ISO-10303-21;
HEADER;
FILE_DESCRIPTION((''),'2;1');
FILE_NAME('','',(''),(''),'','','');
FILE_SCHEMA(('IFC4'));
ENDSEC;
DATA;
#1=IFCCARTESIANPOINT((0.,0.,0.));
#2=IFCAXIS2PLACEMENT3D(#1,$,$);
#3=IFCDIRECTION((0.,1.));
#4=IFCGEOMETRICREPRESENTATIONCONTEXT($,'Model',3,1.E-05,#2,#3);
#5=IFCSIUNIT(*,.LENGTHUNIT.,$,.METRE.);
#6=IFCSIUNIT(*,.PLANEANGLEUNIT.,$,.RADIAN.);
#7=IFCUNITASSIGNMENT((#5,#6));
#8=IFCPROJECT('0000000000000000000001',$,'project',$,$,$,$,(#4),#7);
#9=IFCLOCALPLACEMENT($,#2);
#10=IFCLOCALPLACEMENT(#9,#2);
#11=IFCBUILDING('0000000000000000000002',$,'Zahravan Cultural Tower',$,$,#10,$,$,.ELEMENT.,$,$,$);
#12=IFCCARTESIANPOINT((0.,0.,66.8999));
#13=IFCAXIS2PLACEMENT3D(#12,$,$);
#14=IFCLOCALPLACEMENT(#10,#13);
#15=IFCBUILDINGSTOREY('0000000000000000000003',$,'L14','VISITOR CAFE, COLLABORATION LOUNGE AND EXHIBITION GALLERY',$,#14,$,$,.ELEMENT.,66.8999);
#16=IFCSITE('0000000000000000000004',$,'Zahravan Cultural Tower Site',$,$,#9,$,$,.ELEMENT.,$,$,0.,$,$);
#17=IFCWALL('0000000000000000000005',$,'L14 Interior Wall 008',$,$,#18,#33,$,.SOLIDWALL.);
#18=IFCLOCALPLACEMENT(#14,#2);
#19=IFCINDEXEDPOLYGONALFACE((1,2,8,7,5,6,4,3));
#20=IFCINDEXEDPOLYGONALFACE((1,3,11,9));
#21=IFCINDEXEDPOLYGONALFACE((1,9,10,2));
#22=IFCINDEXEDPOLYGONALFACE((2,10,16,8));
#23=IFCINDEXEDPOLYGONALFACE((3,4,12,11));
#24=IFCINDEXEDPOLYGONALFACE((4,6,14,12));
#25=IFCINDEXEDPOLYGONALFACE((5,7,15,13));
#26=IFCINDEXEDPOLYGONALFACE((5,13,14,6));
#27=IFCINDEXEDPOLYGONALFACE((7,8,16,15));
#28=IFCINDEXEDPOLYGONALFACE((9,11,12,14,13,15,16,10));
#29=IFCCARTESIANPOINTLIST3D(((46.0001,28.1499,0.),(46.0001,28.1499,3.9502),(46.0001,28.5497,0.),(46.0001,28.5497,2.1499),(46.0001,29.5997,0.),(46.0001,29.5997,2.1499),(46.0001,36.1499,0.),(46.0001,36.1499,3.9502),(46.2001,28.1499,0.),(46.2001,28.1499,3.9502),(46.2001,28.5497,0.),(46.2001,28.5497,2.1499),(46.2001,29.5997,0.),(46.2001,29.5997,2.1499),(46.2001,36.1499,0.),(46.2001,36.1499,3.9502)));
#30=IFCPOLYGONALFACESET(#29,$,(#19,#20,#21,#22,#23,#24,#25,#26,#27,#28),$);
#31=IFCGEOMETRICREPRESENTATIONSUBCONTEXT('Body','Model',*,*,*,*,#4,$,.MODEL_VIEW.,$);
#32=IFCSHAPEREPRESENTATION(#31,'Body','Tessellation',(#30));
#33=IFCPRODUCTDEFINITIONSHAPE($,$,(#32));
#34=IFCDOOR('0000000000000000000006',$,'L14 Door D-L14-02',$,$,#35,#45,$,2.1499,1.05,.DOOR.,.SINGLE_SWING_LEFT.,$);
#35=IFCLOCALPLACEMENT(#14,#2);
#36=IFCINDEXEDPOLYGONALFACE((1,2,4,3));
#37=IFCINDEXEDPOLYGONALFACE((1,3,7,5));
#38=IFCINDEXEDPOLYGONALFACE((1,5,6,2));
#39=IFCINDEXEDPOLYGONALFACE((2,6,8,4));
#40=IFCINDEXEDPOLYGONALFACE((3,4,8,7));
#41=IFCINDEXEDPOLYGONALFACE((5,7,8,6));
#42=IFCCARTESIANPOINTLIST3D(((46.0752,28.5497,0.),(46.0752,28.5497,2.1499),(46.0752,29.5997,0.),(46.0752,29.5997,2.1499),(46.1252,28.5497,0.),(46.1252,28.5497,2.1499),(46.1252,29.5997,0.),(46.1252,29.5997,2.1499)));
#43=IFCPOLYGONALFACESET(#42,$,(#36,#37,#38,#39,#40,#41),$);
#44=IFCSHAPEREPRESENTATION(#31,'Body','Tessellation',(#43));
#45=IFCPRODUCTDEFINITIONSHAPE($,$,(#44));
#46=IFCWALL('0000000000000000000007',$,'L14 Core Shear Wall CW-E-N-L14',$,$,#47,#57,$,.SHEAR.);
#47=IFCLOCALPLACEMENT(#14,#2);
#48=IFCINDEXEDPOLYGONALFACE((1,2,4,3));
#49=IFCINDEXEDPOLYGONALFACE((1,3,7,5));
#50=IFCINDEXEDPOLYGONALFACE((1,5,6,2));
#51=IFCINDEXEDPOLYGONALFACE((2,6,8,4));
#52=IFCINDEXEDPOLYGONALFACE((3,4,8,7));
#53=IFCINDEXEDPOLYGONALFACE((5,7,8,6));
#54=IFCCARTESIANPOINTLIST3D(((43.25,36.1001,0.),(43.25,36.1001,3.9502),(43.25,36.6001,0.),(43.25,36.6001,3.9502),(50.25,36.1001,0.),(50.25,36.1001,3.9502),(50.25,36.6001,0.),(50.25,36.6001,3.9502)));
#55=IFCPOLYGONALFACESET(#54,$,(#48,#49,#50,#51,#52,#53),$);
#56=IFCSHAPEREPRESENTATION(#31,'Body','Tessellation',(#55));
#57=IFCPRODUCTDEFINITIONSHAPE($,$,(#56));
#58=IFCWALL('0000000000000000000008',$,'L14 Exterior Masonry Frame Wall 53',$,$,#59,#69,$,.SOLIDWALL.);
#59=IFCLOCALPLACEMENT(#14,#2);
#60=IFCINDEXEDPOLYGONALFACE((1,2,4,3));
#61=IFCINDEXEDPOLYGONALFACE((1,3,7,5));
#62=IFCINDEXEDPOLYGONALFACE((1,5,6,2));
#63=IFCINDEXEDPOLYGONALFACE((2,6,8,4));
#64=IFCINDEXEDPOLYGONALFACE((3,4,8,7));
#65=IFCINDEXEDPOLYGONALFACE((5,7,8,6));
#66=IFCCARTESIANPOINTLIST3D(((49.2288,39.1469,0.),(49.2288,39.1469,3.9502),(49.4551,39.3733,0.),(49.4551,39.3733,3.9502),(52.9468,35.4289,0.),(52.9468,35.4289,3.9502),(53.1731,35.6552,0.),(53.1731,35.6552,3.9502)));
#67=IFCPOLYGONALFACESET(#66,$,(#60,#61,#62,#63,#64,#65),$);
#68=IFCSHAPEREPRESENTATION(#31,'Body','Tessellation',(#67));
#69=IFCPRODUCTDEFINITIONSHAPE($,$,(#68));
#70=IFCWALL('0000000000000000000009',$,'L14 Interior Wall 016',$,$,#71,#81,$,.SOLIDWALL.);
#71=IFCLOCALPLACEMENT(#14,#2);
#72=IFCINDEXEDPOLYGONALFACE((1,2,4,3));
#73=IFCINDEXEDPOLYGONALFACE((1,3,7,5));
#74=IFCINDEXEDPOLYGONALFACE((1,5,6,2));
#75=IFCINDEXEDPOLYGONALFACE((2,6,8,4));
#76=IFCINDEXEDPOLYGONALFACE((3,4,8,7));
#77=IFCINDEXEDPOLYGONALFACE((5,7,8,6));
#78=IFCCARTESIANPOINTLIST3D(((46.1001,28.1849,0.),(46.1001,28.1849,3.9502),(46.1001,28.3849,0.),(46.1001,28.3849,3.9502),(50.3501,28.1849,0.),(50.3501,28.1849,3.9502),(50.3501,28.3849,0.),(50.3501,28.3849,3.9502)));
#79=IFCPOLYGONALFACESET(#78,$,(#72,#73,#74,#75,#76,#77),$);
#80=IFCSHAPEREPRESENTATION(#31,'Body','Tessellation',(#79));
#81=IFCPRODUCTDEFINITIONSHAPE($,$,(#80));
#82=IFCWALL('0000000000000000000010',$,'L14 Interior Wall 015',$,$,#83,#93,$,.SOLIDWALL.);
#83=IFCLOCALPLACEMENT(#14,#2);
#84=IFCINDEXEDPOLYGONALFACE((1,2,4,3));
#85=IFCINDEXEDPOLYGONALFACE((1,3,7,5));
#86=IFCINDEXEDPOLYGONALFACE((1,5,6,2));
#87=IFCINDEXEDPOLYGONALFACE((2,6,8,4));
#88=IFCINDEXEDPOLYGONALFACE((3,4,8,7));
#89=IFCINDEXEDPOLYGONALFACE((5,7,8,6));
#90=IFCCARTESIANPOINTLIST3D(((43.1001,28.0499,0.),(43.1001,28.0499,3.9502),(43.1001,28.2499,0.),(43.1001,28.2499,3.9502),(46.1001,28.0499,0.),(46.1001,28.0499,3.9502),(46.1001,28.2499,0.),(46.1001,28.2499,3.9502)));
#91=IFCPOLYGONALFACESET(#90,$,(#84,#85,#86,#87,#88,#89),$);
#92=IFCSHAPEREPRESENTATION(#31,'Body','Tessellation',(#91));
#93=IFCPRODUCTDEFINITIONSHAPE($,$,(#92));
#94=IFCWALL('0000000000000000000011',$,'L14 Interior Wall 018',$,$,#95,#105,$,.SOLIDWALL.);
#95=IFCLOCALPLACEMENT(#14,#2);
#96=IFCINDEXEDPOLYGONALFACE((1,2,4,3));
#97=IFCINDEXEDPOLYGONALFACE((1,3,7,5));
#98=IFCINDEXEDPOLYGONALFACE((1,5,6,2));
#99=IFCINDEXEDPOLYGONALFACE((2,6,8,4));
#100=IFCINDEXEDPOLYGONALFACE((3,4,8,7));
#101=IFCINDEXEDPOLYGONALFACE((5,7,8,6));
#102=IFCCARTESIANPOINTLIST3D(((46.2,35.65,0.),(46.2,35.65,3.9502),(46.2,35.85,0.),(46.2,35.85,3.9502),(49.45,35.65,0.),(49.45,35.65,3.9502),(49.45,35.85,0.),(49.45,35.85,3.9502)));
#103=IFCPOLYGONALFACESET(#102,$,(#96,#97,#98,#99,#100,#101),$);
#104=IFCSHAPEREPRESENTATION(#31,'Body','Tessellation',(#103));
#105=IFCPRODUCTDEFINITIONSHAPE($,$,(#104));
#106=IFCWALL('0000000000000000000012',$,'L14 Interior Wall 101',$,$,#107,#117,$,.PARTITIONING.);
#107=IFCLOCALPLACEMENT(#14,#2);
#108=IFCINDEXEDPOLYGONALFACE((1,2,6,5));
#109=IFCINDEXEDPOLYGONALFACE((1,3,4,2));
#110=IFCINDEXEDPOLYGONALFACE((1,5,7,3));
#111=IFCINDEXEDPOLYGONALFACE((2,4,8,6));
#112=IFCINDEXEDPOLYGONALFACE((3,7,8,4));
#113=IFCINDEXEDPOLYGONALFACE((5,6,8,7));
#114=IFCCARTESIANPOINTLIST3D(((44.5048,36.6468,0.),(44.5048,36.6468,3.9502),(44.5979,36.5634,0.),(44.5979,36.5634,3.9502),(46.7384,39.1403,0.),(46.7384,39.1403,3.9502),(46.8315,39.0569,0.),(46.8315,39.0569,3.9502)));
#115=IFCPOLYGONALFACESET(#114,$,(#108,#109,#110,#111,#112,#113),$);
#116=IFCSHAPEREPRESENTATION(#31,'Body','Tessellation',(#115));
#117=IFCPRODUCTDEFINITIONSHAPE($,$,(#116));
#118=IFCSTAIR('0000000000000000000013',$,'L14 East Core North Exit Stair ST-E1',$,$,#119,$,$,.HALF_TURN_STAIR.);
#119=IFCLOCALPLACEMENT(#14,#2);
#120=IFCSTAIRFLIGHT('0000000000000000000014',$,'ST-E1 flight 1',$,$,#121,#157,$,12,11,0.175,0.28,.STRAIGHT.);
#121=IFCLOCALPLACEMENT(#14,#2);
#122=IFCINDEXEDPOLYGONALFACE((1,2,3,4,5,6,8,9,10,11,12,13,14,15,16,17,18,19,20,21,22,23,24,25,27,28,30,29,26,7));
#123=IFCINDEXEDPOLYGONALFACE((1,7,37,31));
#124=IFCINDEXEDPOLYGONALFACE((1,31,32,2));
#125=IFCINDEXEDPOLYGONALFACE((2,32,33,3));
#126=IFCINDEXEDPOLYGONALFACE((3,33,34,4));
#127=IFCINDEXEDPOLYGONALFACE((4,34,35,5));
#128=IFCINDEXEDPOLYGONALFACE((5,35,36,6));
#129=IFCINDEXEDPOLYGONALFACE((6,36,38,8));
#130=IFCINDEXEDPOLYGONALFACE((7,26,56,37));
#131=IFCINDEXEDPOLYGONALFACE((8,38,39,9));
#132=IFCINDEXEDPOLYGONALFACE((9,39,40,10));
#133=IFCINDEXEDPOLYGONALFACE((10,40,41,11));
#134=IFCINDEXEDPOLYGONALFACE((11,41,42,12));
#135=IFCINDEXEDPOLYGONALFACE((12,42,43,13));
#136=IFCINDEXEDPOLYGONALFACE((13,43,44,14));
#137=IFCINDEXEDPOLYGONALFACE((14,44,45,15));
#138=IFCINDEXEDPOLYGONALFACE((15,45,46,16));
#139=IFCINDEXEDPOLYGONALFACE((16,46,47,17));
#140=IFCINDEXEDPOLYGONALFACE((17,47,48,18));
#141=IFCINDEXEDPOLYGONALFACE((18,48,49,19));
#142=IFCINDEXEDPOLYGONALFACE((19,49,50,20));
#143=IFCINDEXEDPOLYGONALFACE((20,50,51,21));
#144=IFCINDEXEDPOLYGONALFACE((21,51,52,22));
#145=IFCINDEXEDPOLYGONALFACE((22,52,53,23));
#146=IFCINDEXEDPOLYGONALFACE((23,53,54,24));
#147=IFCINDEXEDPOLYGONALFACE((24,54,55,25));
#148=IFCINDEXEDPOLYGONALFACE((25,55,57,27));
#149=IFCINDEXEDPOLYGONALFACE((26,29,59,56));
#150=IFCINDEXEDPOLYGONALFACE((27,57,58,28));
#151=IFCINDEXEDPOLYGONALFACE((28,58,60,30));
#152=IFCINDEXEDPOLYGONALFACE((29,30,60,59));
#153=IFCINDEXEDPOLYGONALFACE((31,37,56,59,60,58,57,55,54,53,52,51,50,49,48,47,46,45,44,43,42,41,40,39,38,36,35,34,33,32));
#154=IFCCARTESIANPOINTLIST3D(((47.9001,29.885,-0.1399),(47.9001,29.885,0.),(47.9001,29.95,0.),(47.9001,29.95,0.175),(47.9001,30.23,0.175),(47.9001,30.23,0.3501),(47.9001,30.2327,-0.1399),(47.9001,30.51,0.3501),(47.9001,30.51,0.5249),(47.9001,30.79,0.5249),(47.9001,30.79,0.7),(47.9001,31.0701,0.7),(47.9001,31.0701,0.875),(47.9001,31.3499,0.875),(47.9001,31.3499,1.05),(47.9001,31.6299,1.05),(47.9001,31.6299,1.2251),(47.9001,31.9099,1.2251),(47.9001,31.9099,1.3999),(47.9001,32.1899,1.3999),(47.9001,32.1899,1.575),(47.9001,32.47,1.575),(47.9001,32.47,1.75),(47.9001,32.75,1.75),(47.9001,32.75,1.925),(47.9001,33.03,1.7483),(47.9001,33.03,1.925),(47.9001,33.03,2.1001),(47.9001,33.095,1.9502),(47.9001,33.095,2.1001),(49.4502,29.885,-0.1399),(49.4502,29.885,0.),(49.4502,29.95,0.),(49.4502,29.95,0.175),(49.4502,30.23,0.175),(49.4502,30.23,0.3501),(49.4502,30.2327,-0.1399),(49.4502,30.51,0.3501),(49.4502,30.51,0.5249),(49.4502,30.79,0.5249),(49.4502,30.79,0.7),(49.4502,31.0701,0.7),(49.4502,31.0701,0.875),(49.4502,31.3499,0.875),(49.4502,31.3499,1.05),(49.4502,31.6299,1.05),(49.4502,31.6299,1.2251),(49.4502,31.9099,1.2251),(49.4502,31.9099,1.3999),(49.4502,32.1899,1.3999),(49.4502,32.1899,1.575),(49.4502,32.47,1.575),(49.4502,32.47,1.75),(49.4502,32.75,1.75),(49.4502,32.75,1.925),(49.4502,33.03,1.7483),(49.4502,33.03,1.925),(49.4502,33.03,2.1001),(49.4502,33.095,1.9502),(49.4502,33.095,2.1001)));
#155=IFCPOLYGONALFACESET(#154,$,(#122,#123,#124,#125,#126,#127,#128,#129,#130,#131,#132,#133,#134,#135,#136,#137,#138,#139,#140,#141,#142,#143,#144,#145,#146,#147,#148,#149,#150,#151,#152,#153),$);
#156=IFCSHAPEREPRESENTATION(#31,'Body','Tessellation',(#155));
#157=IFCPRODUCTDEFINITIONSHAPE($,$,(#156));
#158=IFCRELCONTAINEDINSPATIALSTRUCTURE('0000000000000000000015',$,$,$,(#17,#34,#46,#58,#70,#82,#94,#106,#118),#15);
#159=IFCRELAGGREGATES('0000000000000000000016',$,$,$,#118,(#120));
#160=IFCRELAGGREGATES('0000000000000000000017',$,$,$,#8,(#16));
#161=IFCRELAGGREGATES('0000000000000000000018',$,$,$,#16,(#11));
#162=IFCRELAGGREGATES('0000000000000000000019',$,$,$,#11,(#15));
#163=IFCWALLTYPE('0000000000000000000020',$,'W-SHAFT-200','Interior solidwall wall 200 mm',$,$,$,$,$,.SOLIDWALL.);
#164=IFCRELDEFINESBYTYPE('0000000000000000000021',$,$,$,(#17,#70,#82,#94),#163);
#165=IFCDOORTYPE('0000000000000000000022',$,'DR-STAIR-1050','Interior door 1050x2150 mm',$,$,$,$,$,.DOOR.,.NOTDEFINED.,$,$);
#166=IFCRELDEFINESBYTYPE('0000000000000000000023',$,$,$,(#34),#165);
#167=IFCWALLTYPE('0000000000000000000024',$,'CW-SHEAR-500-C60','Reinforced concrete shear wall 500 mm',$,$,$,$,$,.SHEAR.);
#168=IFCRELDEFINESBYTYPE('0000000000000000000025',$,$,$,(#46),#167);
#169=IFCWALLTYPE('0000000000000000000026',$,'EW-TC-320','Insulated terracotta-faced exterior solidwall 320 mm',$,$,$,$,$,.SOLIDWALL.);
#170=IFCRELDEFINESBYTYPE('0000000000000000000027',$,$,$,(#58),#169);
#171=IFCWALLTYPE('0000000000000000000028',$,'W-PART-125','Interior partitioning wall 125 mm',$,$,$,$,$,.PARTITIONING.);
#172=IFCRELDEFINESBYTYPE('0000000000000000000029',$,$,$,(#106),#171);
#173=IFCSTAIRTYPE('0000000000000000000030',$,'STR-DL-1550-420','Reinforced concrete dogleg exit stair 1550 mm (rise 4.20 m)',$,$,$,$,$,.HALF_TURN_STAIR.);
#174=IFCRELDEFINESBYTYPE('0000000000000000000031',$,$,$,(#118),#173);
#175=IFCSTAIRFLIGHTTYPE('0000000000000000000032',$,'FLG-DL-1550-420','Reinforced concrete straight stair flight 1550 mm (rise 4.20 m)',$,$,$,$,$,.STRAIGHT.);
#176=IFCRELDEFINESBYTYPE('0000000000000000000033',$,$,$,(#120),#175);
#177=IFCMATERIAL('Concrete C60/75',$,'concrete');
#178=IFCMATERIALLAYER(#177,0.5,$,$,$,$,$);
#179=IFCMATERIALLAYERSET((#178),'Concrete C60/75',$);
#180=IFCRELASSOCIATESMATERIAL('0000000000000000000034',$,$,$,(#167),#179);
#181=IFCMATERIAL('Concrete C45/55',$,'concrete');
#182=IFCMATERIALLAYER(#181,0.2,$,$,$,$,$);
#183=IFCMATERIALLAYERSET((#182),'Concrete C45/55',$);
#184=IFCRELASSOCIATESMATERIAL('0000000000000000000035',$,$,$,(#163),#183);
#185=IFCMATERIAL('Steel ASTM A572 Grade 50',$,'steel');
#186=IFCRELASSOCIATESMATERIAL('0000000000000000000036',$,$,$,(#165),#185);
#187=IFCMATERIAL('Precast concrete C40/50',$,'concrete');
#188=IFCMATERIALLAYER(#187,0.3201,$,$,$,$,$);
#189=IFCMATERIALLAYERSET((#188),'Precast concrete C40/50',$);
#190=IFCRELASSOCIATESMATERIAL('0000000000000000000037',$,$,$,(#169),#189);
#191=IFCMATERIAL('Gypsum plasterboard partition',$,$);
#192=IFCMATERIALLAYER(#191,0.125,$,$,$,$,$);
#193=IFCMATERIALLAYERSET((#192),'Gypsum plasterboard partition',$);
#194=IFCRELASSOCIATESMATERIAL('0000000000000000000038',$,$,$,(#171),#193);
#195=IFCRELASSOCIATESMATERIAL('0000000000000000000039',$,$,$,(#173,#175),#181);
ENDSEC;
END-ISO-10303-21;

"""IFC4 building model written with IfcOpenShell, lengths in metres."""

from ifc_helpers import new_model, si_unit, direction, frame, frame_2d, origin, place, context, subcontext, project, spatial, polyline, rectangle, outline, extrude, source, transform, mapped, material, layer, layer_set, type_object, element, fill, aggregate, save


model = new_model("IFC4")

# Units and contexts
model_context = context("Model", 3, precision=1e-05, world=origin(), true_north=direction((0.0, 1.0)))
body_context = subcontext(model_context, "Body", "Model", "MODEL_VIEW")
ifc_project = project(units=[si_unit("LENGTHUNIT", "METRE"), si_unit("PLANEANGLEUNIT", "RADIAN")], contexts=[model_context])

# Site, building, storey
site_placement = place(None, origin())
site = spatial("IfcSite", under=ifc_project, at=site_placement, Name="Zahravan Cultural Tower Site", CompositionType="ELEMENT", RefElevation=0.0)
building_placement = place(site_placement, origin())
building = spatial("IfcBuilding", under=site, at=building_placement, Name="Zahravan Cultural Tower", CompositionType="ELEMENT")
storey_placement = place(building_placement, frame((0.0, 0.0, 66.8999)))
storey = spatial("IfcBuildingStorey", under=building, at=storey_placement, Name="L14", Description="VISITOR CAFE, COLLABORATION LOUNGE AND EXHIBITION GALLERY", CompositionType="ELEMENT", Elevation=66.8999)

# Shared definitions
ifc_material_1 = material(Name="Concrete C60/75", Category="concrete")

# Wall, opening, door
ifc_layer_1 = layer(ifc_material_1, 0.5)
ifc_layer_set_1 = layer_set([ifc_layer_1], Name="Concrete C60/75")
wall_type_1 = type_object("IfcWallType", Name="CW-SHEAR-500-C60", Description="Reinforced concrete shear wall 500 mm", PredefinedType="SHEAR", material=ifc_layer_set_1)
ifc_material_2 = material(Name="Steel ASTM A572 Grade 50", Category="steel")
ifc_material_3 = material(Name="Concrete C45/55", Category="concrete")
ifc_layer_2 = layer(ifc_material_3, 0.2)
ifc_layer_set_2 = layer_set([ifc_layer_2], Name="Concrete C45/55")
wall_type_2 = type_object("IfcWallType", Name="W-SHAFT-200", Description="Interior solidwall wall 200 mm", PredefinedType="SOLIDWALL", material=ifc_layer_set_2)
wall_1_placement = place(storey_placement, frame((46.1001, 28.1499, 0.0), z_axis=(0.0, 0.0, 1.0), x_axis=(0.0, 1.0, 0.0)))
wall_1 = element("IfcWall", 1, at=wall_1_placement, inside=storey, type_object=wall_type_2, Name="L14 Interior Wall 008", PredefinedType="SOLIDWALL", context=body_context, shape_type="SweptSolid", body=[
    extrude(rectangle(XDim=8.0, YDim=0.2, at=frame_2d((4.0, 0.0))), origin(), (0.0, 0.0, 1.0), 3.9502),
])
opening_1_placement = place(wall_1_placement, frame((0.3999, 0.0, 0.0)))
opening_1 = element("IfcOpeningElement", 2, at=opening_1_placement, cuts=wall_1, PredefinedType="OPENING", context=body_context, shape_type="SweptSolid", body=[
    extrude(rectangle(XDim=1.05, YDim=2.1499, at=frame_2d((0.5249, 1.075))), frame((0.0, 0.1099, 0.0), z_axis=(0.0, -1.0, 0.0), x_axis=(1.0, 0.0, 0.0)), (0.0, 0.0, 1.0), 0.22),
])
door_type_1 = type_object("IfcDoorType", Name="DR-STAIR-1050", Description="Interior door 1050x2150 mm", OperationType="NOTDEFINED", PredefinedType="DOOR", material=ifc_material_2)
shared_shape_1 = source(origin(), body_context, "Body", "SweptSolid", [
    extrude(rectangle(XDim=1.05, YDim=2.1499, at=frame_2d((0.5249, 1.075))), frame((0.0, 0.0249, 0.0), z_axis=(0.0, -1.0, 0.0), x_axis=(1.0, 0.0, 0.0)), (0.0, 0.0, 1.0), 0.05),
])
door_1_placement = place(opening_1_placement, origin())
door_1 = element("IfcDoor", 3, at=door_1_placement, inside=storey, type_object=door_type_1, Name="L14 Door D-L14-02", OperationType="SINGLE_SWING_LEFT", OverallHeight=2.1499, OverallWidth=1.05, PredefinedType="DOOR", context=body_context, shape_type="MappedRepresentation", body=[
    mapped(shared_shape_1, transform((0.0, 0.0, 0.0), x_axis=(1.0, 0.0, 0.0), y_axis=(0.0, 1.0, 0.0), z_axis=(0.0, 0.0, 1.0), scale=1.0)),
])
fill(opening_1, door_1)

# Walls
shared_shape_2 = source(origin(), body_context, "Body", "SweptSolid", [
    extrude(rectangle(XDim=7.0, YDim=0.5, at=frame_2d((3.5, 0.0))), origin(), (0.0, 0.0, 1.0), 3.9502),
])
wall_2_placement = place(storey_placement, frame((43.25, 36.3501, 0.0), z_axis=(0.0, 0.0, 1.0), x_axis=(1.0, 0.0, 0.0)))
element("IfcWall", 4, at=wall_2_placement, inside=storey, type_object=wall_type_1, Name="L14 Core Shear Wall CW-E-N-L14", PredefinedType="SHEAR", context=body_context, shape_type="MappedRepresentation", body=[
    mapped(shared_shape_2, transform((0.0, 0.0, 0.0), x_axis=(1.0, 0.0, 0.0), y_axis=(0.0, 1.0, 0.0), z_axis=(0.0, 0.0, 1.0), scale=1.0)),
])
ifc_material_4 = material(Name="Precast concrete C40/50", Category="concrete")
ifc_layer_3 = layer(ifc_material_4, 0.3201)
ifc_layer_set_3 = layer_set([ifc_layer_3], Name="Precast concrete C40/50")
wall_type_3 = type_object("IfcWallType", Name="EW-TC-320", Description="Insulated terracotta-faced exterior solidwall 320 mm", PredefinedType="SOLIDWALL", material=ifc_layer_set_3)
shared_shape_3 = source(origin(), body_context, "Body", "SweptSolid", [
    extrude(rectangle(XDim=5.2581, YDim=0.3201, at=frame_2d((2.6289, 0.0))), origin(), (0.0, 0.0, 1.0), 3.9502),
])
wall_3_placement = place(storey_placement, frame((49.342, 39.26, 0.0), z_axis=(0.0, 0.0, 1.0), x_axis=(0.707107, -0.707107, 0.0)))
element("IfcWall", 5, at=wall_3_placement, inside=storey, type_object=wall_type_3, Name="L14 Exterior Masonry Frame Wall 53", PredefinedType="SOLIDWALL", context=body_context, shape_type="MappedRepresentation", body=[
    mapped(shared_shape_3, transform((0.0, 0.0, 0.0), x_axis=(1.0, 0.0, 0.0), y_axis=(0.0, 1.0, 0.0), z_axis=(0.0, 0.0, 1.0), scale=1.0)),
])
shared_shape_4 = source(origin(), body_context, "Body", "SweptSolid", [
    extrude(rectangle(XDim=4.25, YDim=0.2, at=frame_2d((2.125, 0.0))), origin(), (0.0, 0.0, 1.0), 3.9502),
])
wall_4_placement = place(storey_placement, frame((46.1001, 28.2849, 0.0), z_axis=(0.0, 0.0, 1.0), x_axis=(1.0, 0.0, 0.0)))
element("IfcWall", 6, at=wall_4_placement, inside=storey, type_object=wall_type_2, Name="L14 Interior Wall 016", PredefinedType="SOLIDWALL", context=body_context, shape_type="MappedRepresentation", body=[
    mapped(shared_shape_4, transform((0.0, 0.0, 0.0), x_axis=(1.0, 0.0, 0.0), y_axis=(0.0, 1.0, 0.0), z_axis=(0.0, 0.0, 1.0), scale=1.0)),
])
shared_shape_5 = source(origin(), body_context, "Body", "SweptSolid", [
    extrude(rectangle(XDim=3.0, YDim=0.2, at=frame_2d((1.5, 0.0))), origin(), (0.0, 0.0, 1.0), 3.9502),
])
wall_5_placement = place(storey_placement, frame((43.1001, 28.1499, 0.0), z_axis=(0.0, 0.0, 1.0), x_axis=(1.0, 0.0, 0.0)))
element("IfcWall", 7, at=wall_5_placement, inside=storey, type_object=wall_type_2, Name="L14 Interior Wall 015", PredefinedType="SOLIDWALL", context=body_context, shape_type="MappedRepresentation", body=[
    mapped(shared_shape_5, transform((0.0, 0.0, 0.0), x_axis=(1.0, 0.0, 0.0), y_axis=(0.0, 1.0, 0.0), z_axis=(0.0, 0.0, 1.0), scale=1.0)),
])
shared_shape_6 = source(origin(), body_context, "Body", "SweptSolid", [
    extrude(rectangle(XDim=3.25, YDim=0.2, at=frame_2d((1.625, 0.0))), origin(), (0.0, 0.0, 1.0), 3.9502),
])
wall_6_placement = place(storey_placement, frame((46.2, 35.75, 0.0), z_axis=(0.0, 0.0, 1.0), x_axis=(1.0, 0.0, 0.0)))
element("IfcWall", 8, at=wall_6_placement, inside=storey, type_object=wall_type_2, Name="L14 Interior Wall 018", PredefinedType="SOLIDWALL", context=body_context, shape_type="MappedRepresentation", body=[
    mapped(shared_shape_6, transform((0.0, 0.0, 0.0), x_axis=(1.0, 0.0, 0.0), y_axis=(0.0, 1.0, 0.0), z_axis=(0.0, 0.0, 1.0), scale=1.0)),
])
ifc_material_5 = material(Name="Gypsum plasterboard partition")
ifc_layer_4 = layer(ifc_material_5, 0.125)
ifc_layer_set_4 = layer_set([ifc_layer_4], Name="Gypsum plasterboard partition")
wall_type_4 = type_object("IfcWallType", Name="W-PART-125", Description="Interior partitioning wall 125 mm", PredefinedType="PARTITIONING", material=ifc_layer_set_4)
shared_shape_7 = source(origin(), body_context, "Body", "SweptSolid", [
    extrude(rectangle(XDim=3.3477, YDim=0.125, at=frame_2d((1.6738, 0.0))), origin(), (0.0, 0.0, 1.0), 3.9502),
])
wall_7_placement = place(storey_placement, frame((46.7849, 39.0986, 0.0), z_axis=(0.0, 0.0, 1.0), x_axis=(-0.667206, -0.744873, 0.0)))
element("IfcWall", 9, at=wall_7_placement, inside=storey, type_object=wall_type_4, Name="L14 Interior Wall 101", PredefinedType="PARTITIONING", context=body_context, shape_type="MappedRepresentation", body=[
    mapped(shared_shape_7, transform((0.0, 0.0, 0.0), x_axis=(1.0, 0.0, 0.0), y_axis=(0.0, 1.0, 0.0), z_axis=(0.0, 0.0, 1.0), scale=1.0)),
])

# Stair, stair flight
stair_type = type_object("IfcStairType", Name="STR-DL-1550-420", Description="Reinforced concrete dogleg exit stair 1550 mm (rise 4.20 m)", PredefinedType="HALF_TURN_STAIR", material=ifc_material_3)
stair_placement = place(storey_placement, origin())
stair = element("IfcStair", 10, at=stair_placement, inside=storey, type_object=stair_type, Name="L14 East Core North Exit Stair ST-E1", PredefinedType="HALF_TURN_STAIR")
stair_flight_type = type_object("IfcStairFlightType", Name="FLG-DL-1550-420", Description="Reinforced concrete straight stair flight 1550 mm (rise 4.20 m)", PredefinedType="STRAIGHT", material=ifc_material_3)
stair_flight_1_placement = place(storey_placement, frame((48.675, 29.95, 0.0), z_axis=(0.0, 0.0, 1.0), x_axis=(0.0, 1.0, 0.0)))
stair_flight_1 = element("IfcStairFlight", 11, at=stair_flight_1_placement, type_object=stair_flight_type, Name="ST-E1 flight 1", NumberOfRisers=12, NumberOfTreads=11, PredefinedType="STRAIGHT", RiserHeight=0.175, TreadLength=0.28, context=body_context, shape_type="SweptSolid", body=[
    extrude(outline(polyline([(-0.0649, -0.1399), (-0.0649, 0.0), (0.0, 0.0), (0.0, 0.175), (0.28, 0.175), (0.28, 0.3501), (0.5601, 0.3501), (0.5601, 0.5249), (0.8401, 0.5249), (0.8401, 0.7), (1.1201, 0.7), (1.1201, 0.875), (1.3999, 0.875), (1.3999, 1.05), (1.6799, 1.05), (1.6799, 1.2251), (1.96, 1.2251), (1.96, 1.3999), (2.24, 1.3999), (2.24, 1.575), (2.52, 1.575), (2.52, 1.75), (2.8, 1.75), (2.8, 1.925), (3.0801, 1.925), (3.0801, 2.1001), (3.145, 2.1001), (3.145, 1.9502), (3.0801, 1.7483), (0.2827, -0.1399), (-0.0649, -0.1399)])), frame((0.0, 0.7749, 0.0), z_axis=(0.0, -1.0, 0.0), x_axis=(1.0, 0.0, 0.0)), (0.0, 0.0, 1.0), 1.55),
])
aggregate(stair, [stair_flight_1])

save(model, "model.ifc")
